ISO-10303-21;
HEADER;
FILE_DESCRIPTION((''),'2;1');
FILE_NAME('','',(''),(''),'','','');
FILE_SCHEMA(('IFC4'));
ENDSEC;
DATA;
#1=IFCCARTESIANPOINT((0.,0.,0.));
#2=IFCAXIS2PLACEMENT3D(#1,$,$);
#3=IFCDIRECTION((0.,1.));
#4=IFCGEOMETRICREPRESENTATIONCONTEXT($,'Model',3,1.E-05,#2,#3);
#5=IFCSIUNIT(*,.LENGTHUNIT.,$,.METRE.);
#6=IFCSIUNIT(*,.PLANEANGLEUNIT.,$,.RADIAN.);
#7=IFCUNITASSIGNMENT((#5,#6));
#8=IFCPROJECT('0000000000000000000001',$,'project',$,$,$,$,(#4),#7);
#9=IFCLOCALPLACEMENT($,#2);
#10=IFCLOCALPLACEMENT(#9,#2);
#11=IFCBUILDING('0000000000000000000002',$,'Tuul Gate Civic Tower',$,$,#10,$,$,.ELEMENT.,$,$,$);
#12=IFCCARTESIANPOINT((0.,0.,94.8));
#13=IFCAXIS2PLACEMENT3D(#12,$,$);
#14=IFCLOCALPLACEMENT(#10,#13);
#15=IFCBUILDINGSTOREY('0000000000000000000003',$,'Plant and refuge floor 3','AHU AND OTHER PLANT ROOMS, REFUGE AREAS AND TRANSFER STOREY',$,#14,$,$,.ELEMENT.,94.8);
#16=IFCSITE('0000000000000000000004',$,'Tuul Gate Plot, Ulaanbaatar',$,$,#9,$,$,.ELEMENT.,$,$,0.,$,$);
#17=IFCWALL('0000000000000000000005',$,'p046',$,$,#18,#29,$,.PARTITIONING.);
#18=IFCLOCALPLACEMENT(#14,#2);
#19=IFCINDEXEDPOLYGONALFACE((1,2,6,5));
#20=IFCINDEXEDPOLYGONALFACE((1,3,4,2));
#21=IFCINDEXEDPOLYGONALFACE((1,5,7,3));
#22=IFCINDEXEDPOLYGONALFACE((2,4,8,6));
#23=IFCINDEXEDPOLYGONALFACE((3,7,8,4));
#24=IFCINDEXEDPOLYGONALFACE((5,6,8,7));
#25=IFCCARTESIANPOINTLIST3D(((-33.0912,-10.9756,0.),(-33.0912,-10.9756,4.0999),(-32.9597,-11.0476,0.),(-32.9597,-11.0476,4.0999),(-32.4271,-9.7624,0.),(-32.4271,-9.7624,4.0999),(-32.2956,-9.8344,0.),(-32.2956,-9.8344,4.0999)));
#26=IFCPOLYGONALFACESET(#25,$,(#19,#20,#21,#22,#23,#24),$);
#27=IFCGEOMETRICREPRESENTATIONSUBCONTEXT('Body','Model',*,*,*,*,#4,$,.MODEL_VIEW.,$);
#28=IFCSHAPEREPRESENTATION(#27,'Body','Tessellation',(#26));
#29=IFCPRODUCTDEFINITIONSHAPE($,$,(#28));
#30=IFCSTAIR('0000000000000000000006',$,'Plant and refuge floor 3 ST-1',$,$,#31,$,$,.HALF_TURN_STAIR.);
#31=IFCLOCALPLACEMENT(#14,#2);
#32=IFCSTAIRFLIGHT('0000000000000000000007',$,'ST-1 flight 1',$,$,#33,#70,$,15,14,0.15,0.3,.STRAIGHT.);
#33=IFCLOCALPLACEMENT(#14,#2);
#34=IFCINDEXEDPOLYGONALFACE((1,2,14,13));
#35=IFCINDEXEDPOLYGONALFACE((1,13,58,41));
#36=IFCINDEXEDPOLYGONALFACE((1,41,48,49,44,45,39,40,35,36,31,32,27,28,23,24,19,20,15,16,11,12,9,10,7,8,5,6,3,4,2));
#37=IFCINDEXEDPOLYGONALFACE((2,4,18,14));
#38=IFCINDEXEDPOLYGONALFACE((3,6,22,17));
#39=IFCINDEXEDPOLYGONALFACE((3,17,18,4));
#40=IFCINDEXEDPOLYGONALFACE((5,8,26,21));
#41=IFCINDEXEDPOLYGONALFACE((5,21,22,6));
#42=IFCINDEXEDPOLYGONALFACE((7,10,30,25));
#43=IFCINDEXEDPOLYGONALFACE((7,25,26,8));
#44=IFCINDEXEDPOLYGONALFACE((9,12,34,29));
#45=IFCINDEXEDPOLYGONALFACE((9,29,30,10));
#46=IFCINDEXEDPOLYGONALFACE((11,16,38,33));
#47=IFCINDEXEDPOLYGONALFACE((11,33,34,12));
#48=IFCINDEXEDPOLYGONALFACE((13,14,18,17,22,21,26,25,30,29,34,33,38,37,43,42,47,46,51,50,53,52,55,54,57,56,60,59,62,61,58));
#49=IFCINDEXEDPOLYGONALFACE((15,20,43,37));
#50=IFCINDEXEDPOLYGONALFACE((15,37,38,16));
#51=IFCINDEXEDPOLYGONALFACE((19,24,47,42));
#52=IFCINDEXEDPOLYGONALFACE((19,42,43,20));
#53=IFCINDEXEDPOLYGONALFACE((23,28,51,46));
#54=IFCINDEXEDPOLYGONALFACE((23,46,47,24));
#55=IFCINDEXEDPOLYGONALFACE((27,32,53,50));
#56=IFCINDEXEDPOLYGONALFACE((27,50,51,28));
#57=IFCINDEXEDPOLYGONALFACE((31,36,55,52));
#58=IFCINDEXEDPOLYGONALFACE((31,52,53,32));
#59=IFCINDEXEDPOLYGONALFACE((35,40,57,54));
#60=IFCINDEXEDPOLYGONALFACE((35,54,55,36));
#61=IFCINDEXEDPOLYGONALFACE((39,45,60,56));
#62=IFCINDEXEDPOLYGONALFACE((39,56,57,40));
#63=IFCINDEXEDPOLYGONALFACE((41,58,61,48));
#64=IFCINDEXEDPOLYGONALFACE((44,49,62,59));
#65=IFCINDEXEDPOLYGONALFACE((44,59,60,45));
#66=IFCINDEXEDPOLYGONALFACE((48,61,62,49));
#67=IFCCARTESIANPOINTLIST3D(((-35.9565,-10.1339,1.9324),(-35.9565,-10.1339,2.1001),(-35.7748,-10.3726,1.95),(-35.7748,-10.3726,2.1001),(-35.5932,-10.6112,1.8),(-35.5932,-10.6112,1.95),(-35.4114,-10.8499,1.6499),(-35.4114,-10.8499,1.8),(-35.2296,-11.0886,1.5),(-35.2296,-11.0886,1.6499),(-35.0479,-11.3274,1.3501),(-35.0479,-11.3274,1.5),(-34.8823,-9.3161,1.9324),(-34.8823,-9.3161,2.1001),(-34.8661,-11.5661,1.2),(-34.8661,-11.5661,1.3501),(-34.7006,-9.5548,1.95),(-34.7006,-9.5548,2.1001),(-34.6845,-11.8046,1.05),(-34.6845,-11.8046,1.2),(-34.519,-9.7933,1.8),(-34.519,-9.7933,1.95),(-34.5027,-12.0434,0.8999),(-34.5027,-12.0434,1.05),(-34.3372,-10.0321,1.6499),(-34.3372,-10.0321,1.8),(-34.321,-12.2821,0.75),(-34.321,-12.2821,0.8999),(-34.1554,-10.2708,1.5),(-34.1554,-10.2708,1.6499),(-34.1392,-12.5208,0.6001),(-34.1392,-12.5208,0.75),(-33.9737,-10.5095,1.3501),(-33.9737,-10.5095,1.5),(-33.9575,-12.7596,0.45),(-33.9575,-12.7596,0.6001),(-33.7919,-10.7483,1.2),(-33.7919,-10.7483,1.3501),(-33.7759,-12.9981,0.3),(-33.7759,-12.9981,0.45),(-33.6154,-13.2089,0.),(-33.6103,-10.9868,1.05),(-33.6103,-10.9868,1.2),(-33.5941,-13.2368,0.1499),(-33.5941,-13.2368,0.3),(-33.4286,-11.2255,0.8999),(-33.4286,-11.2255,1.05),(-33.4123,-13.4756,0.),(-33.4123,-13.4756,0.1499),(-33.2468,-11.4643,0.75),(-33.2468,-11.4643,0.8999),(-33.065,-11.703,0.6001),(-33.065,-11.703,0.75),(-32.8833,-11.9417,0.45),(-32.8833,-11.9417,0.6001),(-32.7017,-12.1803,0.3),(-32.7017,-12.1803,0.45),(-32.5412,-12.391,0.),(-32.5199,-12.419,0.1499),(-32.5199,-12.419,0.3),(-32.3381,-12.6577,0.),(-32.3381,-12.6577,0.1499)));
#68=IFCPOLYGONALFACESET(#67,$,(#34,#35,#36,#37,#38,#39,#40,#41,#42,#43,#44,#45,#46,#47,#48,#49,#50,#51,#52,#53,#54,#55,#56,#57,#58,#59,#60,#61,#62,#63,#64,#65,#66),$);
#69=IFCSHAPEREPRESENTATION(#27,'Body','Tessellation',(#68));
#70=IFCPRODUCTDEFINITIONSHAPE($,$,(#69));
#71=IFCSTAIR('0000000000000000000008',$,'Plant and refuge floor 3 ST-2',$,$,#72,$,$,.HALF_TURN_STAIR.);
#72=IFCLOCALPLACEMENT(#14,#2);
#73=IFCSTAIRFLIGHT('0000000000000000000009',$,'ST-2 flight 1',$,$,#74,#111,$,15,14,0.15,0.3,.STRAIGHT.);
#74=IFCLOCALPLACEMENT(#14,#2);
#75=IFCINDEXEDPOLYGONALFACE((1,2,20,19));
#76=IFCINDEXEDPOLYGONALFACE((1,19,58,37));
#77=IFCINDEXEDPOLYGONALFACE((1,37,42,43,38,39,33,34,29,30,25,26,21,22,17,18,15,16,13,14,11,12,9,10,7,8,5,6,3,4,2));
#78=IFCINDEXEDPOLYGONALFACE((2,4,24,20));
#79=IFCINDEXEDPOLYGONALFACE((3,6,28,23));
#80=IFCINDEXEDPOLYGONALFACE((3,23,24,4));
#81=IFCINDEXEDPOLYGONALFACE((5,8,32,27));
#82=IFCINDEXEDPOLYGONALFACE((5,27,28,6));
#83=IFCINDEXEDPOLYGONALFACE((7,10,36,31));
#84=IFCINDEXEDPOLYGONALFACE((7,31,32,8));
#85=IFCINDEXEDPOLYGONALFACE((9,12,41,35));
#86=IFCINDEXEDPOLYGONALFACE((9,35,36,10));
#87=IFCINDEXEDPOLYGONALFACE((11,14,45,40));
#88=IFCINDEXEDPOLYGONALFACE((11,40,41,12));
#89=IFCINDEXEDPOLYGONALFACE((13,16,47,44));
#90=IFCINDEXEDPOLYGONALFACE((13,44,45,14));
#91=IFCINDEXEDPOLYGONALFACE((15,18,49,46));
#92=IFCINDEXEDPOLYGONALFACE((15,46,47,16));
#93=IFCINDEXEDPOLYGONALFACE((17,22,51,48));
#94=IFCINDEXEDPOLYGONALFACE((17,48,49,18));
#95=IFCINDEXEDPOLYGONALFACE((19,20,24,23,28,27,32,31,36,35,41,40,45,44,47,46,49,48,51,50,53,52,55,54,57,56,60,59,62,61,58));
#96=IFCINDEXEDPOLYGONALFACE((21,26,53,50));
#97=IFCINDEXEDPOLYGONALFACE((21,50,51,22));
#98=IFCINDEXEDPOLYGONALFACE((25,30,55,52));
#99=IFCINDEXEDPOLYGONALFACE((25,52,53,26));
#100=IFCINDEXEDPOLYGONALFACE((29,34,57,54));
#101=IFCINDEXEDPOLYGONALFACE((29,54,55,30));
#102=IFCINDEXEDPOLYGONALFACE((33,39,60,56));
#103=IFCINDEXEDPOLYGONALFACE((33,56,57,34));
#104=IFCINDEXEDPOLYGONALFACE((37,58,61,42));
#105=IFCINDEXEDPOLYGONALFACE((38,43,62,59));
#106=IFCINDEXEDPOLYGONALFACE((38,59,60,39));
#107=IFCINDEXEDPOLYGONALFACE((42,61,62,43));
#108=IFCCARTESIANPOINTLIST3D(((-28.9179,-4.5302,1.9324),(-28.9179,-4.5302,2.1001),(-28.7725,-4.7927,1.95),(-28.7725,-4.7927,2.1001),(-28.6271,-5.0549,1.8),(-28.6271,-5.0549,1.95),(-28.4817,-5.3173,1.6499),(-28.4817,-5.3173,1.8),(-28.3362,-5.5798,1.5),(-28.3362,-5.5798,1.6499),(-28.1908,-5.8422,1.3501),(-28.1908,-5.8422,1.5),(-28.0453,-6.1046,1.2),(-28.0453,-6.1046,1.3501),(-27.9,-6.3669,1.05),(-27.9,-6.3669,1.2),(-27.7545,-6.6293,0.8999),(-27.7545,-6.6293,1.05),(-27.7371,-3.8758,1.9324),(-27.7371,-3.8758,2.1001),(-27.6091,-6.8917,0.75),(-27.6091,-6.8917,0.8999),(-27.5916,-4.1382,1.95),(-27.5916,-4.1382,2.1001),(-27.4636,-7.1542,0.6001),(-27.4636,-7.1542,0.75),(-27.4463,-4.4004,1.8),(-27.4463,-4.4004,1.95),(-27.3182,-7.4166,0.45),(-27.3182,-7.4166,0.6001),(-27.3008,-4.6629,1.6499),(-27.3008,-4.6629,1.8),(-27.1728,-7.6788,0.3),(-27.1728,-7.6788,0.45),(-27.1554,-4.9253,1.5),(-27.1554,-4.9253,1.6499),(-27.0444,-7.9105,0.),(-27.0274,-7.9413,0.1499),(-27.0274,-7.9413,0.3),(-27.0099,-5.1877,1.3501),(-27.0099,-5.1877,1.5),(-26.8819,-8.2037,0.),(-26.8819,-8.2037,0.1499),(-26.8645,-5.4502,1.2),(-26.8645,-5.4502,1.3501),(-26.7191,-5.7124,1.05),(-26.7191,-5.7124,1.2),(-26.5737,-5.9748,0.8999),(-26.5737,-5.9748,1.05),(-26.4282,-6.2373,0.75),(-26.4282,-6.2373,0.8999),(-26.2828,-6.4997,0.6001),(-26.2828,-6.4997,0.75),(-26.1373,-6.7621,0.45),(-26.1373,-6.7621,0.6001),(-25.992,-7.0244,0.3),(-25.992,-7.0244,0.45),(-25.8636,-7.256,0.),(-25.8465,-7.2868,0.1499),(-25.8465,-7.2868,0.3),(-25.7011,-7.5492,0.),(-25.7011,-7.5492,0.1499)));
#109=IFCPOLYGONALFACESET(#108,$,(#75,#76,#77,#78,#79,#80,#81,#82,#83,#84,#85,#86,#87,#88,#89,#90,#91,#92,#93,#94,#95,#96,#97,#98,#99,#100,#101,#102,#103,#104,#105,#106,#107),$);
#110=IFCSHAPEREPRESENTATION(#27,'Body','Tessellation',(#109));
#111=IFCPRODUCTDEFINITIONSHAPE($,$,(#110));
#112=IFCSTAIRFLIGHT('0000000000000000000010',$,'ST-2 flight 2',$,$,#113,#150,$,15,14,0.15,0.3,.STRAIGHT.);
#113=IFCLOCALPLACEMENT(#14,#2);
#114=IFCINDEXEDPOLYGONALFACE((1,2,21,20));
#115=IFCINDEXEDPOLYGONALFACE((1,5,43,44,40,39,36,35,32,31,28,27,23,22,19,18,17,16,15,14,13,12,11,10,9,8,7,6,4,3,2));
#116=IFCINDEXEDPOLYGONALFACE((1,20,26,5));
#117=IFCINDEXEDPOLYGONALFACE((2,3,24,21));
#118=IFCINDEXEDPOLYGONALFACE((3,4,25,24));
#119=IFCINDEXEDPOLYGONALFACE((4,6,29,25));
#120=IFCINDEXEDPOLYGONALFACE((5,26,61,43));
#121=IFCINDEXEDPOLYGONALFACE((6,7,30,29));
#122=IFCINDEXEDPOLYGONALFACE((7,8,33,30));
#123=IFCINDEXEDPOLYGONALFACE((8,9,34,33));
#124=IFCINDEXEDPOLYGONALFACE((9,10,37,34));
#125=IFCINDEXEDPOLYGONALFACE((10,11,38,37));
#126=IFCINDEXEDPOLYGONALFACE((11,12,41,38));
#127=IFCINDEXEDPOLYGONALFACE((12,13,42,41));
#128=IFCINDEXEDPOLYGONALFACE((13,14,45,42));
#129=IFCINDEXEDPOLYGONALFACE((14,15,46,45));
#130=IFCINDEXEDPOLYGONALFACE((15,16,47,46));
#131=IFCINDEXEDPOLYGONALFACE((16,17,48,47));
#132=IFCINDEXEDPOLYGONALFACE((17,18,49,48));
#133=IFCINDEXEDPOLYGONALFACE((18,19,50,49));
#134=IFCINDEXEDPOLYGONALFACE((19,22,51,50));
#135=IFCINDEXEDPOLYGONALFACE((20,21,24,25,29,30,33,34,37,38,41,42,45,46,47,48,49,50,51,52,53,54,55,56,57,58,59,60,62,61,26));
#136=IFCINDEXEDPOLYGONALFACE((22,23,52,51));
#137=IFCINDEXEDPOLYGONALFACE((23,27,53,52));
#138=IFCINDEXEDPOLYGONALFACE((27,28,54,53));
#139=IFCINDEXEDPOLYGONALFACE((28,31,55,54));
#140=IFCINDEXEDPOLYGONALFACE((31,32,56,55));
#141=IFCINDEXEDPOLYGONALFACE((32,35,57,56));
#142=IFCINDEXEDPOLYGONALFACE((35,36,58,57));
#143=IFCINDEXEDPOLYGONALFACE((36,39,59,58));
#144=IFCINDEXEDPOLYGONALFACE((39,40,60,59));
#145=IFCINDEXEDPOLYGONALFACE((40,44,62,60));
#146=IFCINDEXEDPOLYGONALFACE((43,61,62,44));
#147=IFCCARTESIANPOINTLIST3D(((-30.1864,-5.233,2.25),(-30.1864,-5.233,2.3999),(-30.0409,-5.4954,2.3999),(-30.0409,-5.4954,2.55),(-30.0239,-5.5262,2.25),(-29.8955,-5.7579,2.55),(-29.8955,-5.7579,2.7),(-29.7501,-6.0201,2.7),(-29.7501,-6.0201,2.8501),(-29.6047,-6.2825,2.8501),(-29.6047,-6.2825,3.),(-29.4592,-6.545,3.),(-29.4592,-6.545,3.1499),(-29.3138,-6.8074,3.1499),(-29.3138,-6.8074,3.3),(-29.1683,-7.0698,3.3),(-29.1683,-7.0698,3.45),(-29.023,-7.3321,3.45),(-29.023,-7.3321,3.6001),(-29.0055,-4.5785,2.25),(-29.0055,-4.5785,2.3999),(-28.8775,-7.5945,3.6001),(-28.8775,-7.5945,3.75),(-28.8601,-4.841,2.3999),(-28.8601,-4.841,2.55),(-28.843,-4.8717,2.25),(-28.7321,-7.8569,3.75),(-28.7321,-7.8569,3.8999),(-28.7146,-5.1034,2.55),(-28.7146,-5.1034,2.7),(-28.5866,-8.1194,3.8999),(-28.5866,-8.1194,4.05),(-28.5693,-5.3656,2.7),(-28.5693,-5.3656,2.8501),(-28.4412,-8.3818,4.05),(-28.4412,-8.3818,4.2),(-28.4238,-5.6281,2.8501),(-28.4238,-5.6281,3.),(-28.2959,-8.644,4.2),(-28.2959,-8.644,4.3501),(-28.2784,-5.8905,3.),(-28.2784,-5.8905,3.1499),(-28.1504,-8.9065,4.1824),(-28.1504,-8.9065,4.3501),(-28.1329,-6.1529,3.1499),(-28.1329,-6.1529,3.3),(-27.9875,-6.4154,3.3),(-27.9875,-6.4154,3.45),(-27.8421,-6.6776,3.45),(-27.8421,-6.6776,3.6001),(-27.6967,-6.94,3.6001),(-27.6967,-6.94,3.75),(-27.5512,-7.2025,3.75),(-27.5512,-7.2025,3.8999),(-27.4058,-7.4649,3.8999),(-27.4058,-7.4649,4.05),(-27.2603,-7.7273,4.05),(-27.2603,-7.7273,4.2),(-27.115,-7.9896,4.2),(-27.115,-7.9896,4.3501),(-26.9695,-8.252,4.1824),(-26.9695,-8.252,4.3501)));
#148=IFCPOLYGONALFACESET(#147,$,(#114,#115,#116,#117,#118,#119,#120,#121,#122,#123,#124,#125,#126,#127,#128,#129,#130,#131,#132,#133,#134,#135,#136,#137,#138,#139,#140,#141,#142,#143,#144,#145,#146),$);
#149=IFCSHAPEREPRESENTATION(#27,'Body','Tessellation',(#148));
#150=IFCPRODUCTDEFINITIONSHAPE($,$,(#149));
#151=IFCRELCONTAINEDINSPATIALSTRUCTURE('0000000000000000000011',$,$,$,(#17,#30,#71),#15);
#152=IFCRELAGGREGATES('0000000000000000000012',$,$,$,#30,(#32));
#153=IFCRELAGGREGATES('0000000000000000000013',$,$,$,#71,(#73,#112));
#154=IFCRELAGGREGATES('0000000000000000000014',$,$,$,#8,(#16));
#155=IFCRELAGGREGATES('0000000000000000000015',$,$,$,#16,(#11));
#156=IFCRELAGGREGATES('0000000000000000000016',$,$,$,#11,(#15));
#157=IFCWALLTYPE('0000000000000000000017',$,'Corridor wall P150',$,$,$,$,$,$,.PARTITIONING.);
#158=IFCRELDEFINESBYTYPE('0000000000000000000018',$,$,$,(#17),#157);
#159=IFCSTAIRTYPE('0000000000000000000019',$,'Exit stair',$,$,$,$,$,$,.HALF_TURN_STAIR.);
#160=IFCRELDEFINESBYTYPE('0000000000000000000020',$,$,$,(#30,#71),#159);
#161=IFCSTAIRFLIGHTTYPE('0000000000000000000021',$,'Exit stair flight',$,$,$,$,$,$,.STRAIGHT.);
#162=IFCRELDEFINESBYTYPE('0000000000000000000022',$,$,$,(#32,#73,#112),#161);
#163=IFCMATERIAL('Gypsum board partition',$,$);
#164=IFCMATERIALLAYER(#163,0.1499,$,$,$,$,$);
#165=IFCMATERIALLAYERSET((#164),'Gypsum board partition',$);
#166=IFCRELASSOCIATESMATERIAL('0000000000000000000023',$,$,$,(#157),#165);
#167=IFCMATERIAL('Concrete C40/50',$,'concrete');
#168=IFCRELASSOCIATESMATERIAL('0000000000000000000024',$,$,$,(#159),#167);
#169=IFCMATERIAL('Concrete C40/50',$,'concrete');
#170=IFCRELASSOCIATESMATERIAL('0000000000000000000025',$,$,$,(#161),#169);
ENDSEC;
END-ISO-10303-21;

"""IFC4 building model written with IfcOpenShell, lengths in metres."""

from ifc_helpers import new_model, si_unit, direction, frame, frame_2d, origin, place, context, subcontext, project, spatial, polyline, rectangle, outline, extrude, material, layer, layer_set, type_object, element, aggregate, save


model = new_model("IFC4")

# Units and contexts
model_context = context("Model", 3, precision=1e-05, world=origin(), true_north=direction((0.0, 1.0)))
body_context = subcontext(model_context, "Body", "Model", "MODEL_VIEW")
ifc_project = project(units=[si_unit("LENGTHUNIT", "METRE"), si_unit("PLANEANGLEUNIT", "RADIAN")], contexts=[model_context])

# Site, building, storey
site_placement = place(None, origin())
site = spatial("IfcSite", under=ifc_project, at=site_placement, Name="Tuul Gate Plot, Ulaanbaatar", CompositionType="ELEMENT", RefElevation=0.0)
building_placement = place(site_placement, origin())
building = spatial("IfcBuilding", under=site, at=building_placement, Name="Tuul Gate Civic Tower", CompositionType="ELEMENT")
storey_placement = place(building_placement, frame((0.0, 0.0, 94.8)))
storey = spatial("IfcBuildingStorey", under=building, at=storey_placement, Name="Plant and refuge floor 3", Description="AHU AND OTHER PLANT ROOMS, REFUGE AREAS AND TRANSFER STOREY", CompositionType="ELEMENT", Elevation=94.8)

# Wall
ifc_material_1 = material(Name="Gypsum board partition")
ifc_layer_1 = layer(ifc_material_1, 0.1499)
ifc_layer_set_1 = layer_set([ifc_layer_1], Name="Gypsum board partition")
wall_type_1 = type_object("IfcWallType", Name="Corridor wall P150", PredefinedType="PARTITIONING", material=ifc_layer_set_1)
wall_1_placement = place(storey_placement, frame((-33.0254, -11.0115, 0.0), z_axis=(0.0, 0.0, 1.0), x_axis=(0.480163, 0.877179, 0.0)))
element("IfcWall", 1, at=wall_1_placement, inside=storey, type_object=wall_type_1, Name="p046", PredefinedType="PARTITIONING", context=body_context, shape_type="SweptSolid", body=[
    extrude(rectangle(XDim=1.3831, YDim=0.1499, at=frame_2d((0.6914, 0.0))), origin(), (0.0, 0.0, 1.0), 4.0999),
])

# Stair, stair flight
ifc_material_2 = material(Name="Concrete C40/50", Category="concrete")
stair_type = type_object("IfcStairType", Name="Exit stair", PredefinedType="HALF_TURN_STAIR", material=ifc_material_2)
stair_1_placement = place(storey_placement, origin())
stair_1 = element("IfcStair", 2, at=stair_1_placement, inside=storey, type_object=stair_type, Name="Plant and refuge floor 3 ST-1", PredefinedType="HALF_TURN_STAIR")
ifc_material_3 = material(Name="Concrete C40/50", Category="concrete")
stair_flight_type = type_object("IfcStairFlightType", Name="Exit stair flight", PredefinedType="STRAIGHT", material=ifc_material_3)
stair_flight_1_placement = place(storey_placement, frame((-32.8752, -13.0667, 0.0), z_axis=(0.0, 0.0, 1.0), x_axis=(-0.605764, 0.795644, 0.0)))
stair_flight_1 = element("IfcStairFlight", 3, at=stair_flight_1_placement, type_object=stair_flight_type, Name="ST-1 flight 1", NumberOfRisers=15, NumberOfTreads=14, PredefinedType="STRAIGHT", RiserHeight=0.15, TreadLength=0.3, context=body_context, shape_type="SweptSolid", body=[
    extrude(outline(polyline([(0.0, 0.0), (0.0, 0.1499), (0.3, 0.1499), (0.3, 0.3), (0.6001, 0.3), (0.6001, 0.45), (0.8999, 0.45), (0.8999, 0.6001), (1.2, 0.6001), (1.2, 0.75), (1.5, 0.75), (1.5, 0.8999), (1.8, 0.8999), (1.8, 1.05), (2.1001, 1.05), (2.1001, 1.2), (2.3999, 1.2), (2.3999, 1.3501), (2.7, 1.3501), (2.7, 1.5), (3.0, 1.5), (3.0, 1.6499), (3.3, 1.6499), (3.3, 1.8), (3.6001, 1.8), (3.6001, 1.95), (3.8999, 1.95), (3.8999, 2.1001), (4.2, 2.1001), (4.2, 2.25), (4.2, 1.9324), (0.3352, 0.0), (0.0, 0.0)])), frame((0.0, 0.675, 0.0), z_axis=(0.0, -1.0, 0.0), x_axis=(1.0, 0.0, 0.0)), (0.0, 0.0, 1.0), 1.3501),
])
aggregate(stair_1, [stair_flight_1])

# Stair, stair flights
stair_2_placement = place(storey_placement, origin())
stair_2 = element("IfcStair", 4, at=stair_2_placement, inside=storey, type_object=stair_type, Name="Plant and refuge floor 3 ST-2", PredefinedType="HALF_TURN_STAIR")
stair_flight_2_placement = place(storey_placement, frame((-26.2915, -7.8765, 0.0), z_axis=(0.0, 0.0, 1.0), x_axis=(-0.484762, 0.874646, 0.0)))
stair_flight_2 = element("IfcStairFlight", 5, at=stair_flight_2_placement, type_object=stair_flight_type, Name="ST-2 flight 1", NumberOfRisers=15, NumberOfTreads=14, PredefinedType="STRAIGHT", RiserHeight=0.15, TreadLength=0.3, context=body_context, shape_type="SweptSolid", body=[
    extrude(outline(polyline([(0.0, 0.0), (0.0, 0.1499), (0.3, 0.1499), (0.3, 0.3), (0.6001, 0.3), (0.6001, 0.45), (0.8999, 0.45), (0.8999, 0.6001), (1.2, 0.6001), (1.2, 0.75), (1.5, 0.75), (1.5, 0.8999), (1.8, 0.8999), (1.8, 1.05), (2.1001, 1.05), (2.1001, 1.2), (2.3999, 1.2), (2.3999, 1.3501), (2.7, 1.3501), (2.7, 1.5), (3.0, 1.5), (3.0, 1.6499), (3.3, 1.6499), (3.3, 1.8), (3.6001, 1.8), (3.6001, 1.95), (3.8999, 1.95), (3.8999, 2.1001), (4.2, 2.1001), (4.2, 2.25), (4.2, 1.9324), (0.3352, 0.0), (0.0, 0.0)])), frame((0.0, 0.675, 0.0), z_axis=(0.0, -1.0, 0.0), x_axis=(1.0, 0.0, 0.0)), (0.0, 0.0, 1.0), 1.3501),
])
stair_flight_3_placement = place(storey_placement, frame((-29.5959, -4.9058, 2.25), z_axis=(0.0, 0.0, 1.0), x_axis=(0.484762, -0.874646, 0.0)))
stair_flight_3 = element("IfcStairFlight", 6, at=stair_flight_3_placement, type_object=stair_flight_type, Name="ST-2 flight 2", NumberOfRisers=15, NumberOfTreads=14, PredefinedType="STRAIGHT", RiserHeight=0.15, TreadLength=0.3, context=body_context, shape_type="SweptSolid", body=[
    extrude(outline(polyline([(0.0, 0.0), (0.0, 0.1499), (0.3, 0.1499), (0.3, 0.3), (0.6001, 0.3), (0.6001, 0.45), (0.8999, 0.45), (0.8999, 0.6001), (1.2, 0.6001), (1.2, 0.75), (1.5, 0.75), (1.5, 0.8999), (1.8, 0.8999), (1.8, 1.05), (2.1001, 1.05), (2.1001, 1.2), (2.3999, 1.2), (2.3999, 1.3501), (2.7, 1.3501), (2.7, 1.5), (3.0, 1.5), (3.0, 1.6499), (3.3, 1.6499), (3.3, 1.8), (3.6001, 1.8), (3.6001, 1.95), (3.8999, 1.95), (3.8999, 2.1001), (4.2, 2.1001), (4.2, 2.25), (4.2, 1.9324), (0.3352, 0.0), (0.0, 0.0)])), frame((0.0, 0.675, 0.0), z_axis=(0.0, -1.0, 0.0), x_axis=(1.0, 0.0, 0.0)), (0.0, 0.0, 1.0), 1.3501),
])
aggregate(stair_2, [stair_flight_2, stair_flight_3])

save(model, "model.ifc")
